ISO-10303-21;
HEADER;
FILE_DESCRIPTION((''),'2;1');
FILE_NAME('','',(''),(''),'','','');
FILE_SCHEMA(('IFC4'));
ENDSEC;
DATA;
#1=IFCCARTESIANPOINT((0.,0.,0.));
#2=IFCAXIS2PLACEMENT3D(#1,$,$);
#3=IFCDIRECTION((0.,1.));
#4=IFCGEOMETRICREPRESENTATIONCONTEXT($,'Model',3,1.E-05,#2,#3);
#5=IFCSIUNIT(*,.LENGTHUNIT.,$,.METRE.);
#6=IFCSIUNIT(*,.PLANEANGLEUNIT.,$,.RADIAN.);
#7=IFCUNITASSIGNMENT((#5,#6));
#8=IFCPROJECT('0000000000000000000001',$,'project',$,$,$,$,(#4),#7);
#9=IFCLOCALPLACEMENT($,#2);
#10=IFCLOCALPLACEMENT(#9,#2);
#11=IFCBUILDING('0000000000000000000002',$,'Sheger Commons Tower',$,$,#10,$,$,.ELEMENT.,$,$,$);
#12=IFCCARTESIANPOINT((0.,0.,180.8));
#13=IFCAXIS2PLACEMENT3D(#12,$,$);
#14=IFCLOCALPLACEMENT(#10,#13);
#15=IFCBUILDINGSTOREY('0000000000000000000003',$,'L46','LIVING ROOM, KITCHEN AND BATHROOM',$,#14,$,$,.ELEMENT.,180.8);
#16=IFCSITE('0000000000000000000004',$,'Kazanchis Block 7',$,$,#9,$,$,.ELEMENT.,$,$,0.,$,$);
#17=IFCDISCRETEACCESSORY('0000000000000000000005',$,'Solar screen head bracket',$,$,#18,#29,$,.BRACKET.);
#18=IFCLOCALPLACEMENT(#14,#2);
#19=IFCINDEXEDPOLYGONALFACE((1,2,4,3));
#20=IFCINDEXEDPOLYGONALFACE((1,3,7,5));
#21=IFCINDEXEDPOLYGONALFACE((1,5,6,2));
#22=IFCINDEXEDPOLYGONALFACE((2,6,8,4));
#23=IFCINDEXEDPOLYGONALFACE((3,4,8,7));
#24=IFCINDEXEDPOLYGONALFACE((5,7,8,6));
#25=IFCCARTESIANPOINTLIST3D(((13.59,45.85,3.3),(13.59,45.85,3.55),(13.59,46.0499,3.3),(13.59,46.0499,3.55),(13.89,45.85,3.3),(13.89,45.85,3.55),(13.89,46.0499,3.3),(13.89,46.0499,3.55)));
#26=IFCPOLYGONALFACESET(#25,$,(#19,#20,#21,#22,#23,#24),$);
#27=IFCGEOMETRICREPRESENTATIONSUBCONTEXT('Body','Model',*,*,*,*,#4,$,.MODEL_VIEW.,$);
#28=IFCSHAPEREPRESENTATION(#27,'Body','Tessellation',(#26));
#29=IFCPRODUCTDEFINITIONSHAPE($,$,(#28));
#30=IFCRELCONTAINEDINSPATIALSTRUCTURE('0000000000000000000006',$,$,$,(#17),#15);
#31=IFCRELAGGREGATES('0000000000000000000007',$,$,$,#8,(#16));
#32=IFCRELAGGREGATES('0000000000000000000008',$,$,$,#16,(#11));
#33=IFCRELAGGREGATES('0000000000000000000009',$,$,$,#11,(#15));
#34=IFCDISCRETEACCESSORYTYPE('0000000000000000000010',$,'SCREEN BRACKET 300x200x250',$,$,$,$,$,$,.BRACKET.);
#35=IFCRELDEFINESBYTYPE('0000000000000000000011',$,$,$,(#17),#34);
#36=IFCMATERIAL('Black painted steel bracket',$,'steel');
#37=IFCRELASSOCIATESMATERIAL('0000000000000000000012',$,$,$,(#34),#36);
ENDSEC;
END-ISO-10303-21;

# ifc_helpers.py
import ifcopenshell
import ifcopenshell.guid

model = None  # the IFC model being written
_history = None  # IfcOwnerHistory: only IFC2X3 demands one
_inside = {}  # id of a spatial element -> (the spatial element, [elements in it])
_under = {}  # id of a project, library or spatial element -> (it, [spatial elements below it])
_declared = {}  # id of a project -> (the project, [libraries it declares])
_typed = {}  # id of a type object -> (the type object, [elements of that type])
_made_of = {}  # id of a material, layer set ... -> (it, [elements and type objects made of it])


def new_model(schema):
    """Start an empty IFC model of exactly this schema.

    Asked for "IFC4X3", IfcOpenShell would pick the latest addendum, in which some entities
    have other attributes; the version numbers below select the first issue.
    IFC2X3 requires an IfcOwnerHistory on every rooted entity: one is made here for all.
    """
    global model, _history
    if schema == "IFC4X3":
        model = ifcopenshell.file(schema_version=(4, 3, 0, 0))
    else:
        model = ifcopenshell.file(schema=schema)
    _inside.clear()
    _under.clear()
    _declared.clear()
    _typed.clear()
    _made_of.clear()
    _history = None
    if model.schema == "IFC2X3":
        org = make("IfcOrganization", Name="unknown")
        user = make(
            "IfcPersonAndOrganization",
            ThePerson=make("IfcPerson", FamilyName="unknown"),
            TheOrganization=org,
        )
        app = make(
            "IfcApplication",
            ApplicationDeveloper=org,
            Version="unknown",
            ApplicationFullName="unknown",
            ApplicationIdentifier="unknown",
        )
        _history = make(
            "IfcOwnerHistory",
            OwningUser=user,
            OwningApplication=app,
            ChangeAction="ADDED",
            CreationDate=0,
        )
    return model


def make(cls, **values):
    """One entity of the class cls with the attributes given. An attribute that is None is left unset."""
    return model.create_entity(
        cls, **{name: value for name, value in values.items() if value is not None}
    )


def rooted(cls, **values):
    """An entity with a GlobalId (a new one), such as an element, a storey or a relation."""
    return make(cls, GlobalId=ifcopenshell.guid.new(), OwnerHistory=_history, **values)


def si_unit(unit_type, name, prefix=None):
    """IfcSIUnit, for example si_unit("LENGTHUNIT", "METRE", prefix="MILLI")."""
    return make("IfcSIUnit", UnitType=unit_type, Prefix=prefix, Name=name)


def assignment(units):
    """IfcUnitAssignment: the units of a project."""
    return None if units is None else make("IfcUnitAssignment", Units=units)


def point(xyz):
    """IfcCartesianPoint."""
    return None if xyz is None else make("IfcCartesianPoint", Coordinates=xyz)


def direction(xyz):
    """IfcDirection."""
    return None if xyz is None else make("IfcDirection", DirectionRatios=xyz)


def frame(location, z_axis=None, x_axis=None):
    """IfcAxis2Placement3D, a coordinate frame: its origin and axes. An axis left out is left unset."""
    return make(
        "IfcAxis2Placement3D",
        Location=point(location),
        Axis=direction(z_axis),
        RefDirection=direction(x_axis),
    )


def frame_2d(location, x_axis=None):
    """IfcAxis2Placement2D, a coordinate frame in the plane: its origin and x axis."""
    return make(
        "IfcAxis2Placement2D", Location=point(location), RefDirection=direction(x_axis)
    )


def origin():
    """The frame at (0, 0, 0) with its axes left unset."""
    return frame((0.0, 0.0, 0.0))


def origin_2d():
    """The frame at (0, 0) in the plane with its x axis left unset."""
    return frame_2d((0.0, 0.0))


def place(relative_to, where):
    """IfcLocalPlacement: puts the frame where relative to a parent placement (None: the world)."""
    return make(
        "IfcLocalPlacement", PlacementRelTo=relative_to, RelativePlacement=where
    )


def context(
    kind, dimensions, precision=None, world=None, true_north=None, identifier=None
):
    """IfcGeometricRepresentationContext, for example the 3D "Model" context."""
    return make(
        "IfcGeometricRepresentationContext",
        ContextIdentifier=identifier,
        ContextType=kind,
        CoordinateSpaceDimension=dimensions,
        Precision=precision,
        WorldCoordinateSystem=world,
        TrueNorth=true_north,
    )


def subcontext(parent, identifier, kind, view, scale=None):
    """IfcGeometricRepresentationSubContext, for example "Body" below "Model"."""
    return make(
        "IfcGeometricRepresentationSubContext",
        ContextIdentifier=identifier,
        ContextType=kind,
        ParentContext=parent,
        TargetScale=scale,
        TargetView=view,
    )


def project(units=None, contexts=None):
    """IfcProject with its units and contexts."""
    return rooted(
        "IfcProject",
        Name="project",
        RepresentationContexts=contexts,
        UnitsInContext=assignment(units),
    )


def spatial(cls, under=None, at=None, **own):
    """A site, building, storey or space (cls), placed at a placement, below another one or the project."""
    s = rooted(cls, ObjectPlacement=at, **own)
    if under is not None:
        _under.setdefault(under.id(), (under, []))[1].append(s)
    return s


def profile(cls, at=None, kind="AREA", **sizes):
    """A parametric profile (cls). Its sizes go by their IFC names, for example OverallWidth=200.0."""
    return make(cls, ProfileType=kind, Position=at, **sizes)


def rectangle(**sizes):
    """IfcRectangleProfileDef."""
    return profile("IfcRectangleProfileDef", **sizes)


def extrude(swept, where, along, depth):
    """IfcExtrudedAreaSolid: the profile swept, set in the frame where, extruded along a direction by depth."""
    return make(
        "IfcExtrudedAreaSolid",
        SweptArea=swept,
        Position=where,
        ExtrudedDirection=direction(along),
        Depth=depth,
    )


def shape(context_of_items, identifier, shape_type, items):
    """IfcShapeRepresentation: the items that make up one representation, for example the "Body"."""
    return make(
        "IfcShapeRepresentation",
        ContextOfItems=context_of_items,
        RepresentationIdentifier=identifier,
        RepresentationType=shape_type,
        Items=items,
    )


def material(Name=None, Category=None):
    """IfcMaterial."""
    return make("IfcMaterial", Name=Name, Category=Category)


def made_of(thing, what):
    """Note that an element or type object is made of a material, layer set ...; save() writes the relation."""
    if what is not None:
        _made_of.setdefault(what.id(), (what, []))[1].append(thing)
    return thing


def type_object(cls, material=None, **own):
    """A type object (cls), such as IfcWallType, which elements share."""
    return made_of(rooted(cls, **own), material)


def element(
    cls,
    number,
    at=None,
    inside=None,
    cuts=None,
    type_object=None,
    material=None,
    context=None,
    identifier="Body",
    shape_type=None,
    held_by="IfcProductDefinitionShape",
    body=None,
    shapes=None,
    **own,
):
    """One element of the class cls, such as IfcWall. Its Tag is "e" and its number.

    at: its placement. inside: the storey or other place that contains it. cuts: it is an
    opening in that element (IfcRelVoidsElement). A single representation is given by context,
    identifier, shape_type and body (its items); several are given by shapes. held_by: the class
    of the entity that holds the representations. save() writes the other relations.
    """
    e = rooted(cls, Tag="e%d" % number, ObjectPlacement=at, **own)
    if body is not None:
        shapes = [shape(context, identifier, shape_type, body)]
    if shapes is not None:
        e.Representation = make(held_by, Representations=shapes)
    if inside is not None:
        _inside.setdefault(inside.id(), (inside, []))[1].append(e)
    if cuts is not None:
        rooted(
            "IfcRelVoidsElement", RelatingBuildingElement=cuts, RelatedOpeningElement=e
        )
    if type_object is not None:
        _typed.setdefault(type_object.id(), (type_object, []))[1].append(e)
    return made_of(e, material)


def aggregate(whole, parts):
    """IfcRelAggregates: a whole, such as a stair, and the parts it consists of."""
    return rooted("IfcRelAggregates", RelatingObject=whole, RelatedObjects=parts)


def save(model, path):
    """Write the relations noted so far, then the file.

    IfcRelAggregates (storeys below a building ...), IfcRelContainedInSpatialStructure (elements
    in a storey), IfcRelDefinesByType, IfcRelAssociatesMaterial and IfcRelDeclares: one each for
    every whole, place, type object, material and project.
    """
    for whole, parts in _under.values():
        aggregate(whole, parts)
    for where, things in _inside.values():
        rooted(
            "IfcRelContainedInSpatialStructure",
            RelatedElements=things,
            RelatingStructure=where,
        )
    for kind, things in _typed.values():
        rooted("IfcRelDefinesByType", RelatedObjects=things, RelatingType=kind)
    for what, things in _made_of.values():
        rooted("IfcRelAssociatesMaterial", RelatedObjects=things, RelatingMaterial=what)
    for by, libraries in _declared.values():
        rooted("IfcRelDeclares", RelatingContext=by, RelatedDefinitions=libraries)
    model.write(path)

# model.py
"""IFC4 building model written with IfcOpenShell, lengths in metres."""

from ifc_helpers import new_model, si_unit, direction, frame, origin, origin_2d, place, context, subcontext, project, spatial, rectangle, extrude, material, type_object, element, save


model = new_model("IFC4")

# Units and contexts
model_context = context("Model", 3, precision=1e-05, world=origin(), true_north=direction((0.0, 1.0)))
body_context = subcontext(model_context, "Body", "Model", "MODEL_VIEW")
ifc_project = project(units=[si_unit("LENGTHUNIT", "METRE"), si_unit("PLANEANGLEUNIT", "RADIAN")], contexts=[model_context])

# Site, building, storey
site_placement = place(None, origin())
site = spatial("IfcSite", under=ifc_project, at=site_placement, Name="Kazanchis Block 7", CompositionType="ELEMENT", RefElevation=0.0)
building_placement = place(site_placement, origin())
building = spatial("IfcBuilding", under=site, at=building_placement, Name="Sheger Commons Tower", CompositionType="ELEMENT")
storey_placement = place(building_placement, frame((0.0, 0.0, 180.8)))
storey = spatial("IfcBuildingStorey", under=building, at=storey_placement, Name="L46", Description="LIVING ROOM, KITCHEN AND BATHROOM", CompositionType="ELEMENT", Elevation=180.8)

# Discrete accessory
ifc_material_1 = material(Name="Black painted steel bracket", Category="steel")
discrete_accessory_type = type_object("IfcDiscreteAccessoryType", Name="SCREEN BRACKET 300x200x250", PredefinedType="BRACKET", material=ifc_material_1)
for number, where, z_axis, x_axis, name in (
    (1, (13.74, 45.95, 3.3), (0.0, 0.0, 1.0), (-1.0, 0.0, 0.0), "Solar screen head bracket"),
):
    element("IfcDiscreteAccessory", number, at=place(storey_placement, frame(where, z_axis=z_axis, x_axis=x_axis)), inside=storey, type_object=discrete_accessory_type, Name=name, PredefinedType="BRACKET", context=body_context, shape_type="SweptSolid", body=[
        extrude(rectangle(XDim=0.3, YDim=0.2, at=origin_2d()), origin(), (0.0, 0.0, 1.0), 0.25),
    ])

save(model, "model.ifc")
